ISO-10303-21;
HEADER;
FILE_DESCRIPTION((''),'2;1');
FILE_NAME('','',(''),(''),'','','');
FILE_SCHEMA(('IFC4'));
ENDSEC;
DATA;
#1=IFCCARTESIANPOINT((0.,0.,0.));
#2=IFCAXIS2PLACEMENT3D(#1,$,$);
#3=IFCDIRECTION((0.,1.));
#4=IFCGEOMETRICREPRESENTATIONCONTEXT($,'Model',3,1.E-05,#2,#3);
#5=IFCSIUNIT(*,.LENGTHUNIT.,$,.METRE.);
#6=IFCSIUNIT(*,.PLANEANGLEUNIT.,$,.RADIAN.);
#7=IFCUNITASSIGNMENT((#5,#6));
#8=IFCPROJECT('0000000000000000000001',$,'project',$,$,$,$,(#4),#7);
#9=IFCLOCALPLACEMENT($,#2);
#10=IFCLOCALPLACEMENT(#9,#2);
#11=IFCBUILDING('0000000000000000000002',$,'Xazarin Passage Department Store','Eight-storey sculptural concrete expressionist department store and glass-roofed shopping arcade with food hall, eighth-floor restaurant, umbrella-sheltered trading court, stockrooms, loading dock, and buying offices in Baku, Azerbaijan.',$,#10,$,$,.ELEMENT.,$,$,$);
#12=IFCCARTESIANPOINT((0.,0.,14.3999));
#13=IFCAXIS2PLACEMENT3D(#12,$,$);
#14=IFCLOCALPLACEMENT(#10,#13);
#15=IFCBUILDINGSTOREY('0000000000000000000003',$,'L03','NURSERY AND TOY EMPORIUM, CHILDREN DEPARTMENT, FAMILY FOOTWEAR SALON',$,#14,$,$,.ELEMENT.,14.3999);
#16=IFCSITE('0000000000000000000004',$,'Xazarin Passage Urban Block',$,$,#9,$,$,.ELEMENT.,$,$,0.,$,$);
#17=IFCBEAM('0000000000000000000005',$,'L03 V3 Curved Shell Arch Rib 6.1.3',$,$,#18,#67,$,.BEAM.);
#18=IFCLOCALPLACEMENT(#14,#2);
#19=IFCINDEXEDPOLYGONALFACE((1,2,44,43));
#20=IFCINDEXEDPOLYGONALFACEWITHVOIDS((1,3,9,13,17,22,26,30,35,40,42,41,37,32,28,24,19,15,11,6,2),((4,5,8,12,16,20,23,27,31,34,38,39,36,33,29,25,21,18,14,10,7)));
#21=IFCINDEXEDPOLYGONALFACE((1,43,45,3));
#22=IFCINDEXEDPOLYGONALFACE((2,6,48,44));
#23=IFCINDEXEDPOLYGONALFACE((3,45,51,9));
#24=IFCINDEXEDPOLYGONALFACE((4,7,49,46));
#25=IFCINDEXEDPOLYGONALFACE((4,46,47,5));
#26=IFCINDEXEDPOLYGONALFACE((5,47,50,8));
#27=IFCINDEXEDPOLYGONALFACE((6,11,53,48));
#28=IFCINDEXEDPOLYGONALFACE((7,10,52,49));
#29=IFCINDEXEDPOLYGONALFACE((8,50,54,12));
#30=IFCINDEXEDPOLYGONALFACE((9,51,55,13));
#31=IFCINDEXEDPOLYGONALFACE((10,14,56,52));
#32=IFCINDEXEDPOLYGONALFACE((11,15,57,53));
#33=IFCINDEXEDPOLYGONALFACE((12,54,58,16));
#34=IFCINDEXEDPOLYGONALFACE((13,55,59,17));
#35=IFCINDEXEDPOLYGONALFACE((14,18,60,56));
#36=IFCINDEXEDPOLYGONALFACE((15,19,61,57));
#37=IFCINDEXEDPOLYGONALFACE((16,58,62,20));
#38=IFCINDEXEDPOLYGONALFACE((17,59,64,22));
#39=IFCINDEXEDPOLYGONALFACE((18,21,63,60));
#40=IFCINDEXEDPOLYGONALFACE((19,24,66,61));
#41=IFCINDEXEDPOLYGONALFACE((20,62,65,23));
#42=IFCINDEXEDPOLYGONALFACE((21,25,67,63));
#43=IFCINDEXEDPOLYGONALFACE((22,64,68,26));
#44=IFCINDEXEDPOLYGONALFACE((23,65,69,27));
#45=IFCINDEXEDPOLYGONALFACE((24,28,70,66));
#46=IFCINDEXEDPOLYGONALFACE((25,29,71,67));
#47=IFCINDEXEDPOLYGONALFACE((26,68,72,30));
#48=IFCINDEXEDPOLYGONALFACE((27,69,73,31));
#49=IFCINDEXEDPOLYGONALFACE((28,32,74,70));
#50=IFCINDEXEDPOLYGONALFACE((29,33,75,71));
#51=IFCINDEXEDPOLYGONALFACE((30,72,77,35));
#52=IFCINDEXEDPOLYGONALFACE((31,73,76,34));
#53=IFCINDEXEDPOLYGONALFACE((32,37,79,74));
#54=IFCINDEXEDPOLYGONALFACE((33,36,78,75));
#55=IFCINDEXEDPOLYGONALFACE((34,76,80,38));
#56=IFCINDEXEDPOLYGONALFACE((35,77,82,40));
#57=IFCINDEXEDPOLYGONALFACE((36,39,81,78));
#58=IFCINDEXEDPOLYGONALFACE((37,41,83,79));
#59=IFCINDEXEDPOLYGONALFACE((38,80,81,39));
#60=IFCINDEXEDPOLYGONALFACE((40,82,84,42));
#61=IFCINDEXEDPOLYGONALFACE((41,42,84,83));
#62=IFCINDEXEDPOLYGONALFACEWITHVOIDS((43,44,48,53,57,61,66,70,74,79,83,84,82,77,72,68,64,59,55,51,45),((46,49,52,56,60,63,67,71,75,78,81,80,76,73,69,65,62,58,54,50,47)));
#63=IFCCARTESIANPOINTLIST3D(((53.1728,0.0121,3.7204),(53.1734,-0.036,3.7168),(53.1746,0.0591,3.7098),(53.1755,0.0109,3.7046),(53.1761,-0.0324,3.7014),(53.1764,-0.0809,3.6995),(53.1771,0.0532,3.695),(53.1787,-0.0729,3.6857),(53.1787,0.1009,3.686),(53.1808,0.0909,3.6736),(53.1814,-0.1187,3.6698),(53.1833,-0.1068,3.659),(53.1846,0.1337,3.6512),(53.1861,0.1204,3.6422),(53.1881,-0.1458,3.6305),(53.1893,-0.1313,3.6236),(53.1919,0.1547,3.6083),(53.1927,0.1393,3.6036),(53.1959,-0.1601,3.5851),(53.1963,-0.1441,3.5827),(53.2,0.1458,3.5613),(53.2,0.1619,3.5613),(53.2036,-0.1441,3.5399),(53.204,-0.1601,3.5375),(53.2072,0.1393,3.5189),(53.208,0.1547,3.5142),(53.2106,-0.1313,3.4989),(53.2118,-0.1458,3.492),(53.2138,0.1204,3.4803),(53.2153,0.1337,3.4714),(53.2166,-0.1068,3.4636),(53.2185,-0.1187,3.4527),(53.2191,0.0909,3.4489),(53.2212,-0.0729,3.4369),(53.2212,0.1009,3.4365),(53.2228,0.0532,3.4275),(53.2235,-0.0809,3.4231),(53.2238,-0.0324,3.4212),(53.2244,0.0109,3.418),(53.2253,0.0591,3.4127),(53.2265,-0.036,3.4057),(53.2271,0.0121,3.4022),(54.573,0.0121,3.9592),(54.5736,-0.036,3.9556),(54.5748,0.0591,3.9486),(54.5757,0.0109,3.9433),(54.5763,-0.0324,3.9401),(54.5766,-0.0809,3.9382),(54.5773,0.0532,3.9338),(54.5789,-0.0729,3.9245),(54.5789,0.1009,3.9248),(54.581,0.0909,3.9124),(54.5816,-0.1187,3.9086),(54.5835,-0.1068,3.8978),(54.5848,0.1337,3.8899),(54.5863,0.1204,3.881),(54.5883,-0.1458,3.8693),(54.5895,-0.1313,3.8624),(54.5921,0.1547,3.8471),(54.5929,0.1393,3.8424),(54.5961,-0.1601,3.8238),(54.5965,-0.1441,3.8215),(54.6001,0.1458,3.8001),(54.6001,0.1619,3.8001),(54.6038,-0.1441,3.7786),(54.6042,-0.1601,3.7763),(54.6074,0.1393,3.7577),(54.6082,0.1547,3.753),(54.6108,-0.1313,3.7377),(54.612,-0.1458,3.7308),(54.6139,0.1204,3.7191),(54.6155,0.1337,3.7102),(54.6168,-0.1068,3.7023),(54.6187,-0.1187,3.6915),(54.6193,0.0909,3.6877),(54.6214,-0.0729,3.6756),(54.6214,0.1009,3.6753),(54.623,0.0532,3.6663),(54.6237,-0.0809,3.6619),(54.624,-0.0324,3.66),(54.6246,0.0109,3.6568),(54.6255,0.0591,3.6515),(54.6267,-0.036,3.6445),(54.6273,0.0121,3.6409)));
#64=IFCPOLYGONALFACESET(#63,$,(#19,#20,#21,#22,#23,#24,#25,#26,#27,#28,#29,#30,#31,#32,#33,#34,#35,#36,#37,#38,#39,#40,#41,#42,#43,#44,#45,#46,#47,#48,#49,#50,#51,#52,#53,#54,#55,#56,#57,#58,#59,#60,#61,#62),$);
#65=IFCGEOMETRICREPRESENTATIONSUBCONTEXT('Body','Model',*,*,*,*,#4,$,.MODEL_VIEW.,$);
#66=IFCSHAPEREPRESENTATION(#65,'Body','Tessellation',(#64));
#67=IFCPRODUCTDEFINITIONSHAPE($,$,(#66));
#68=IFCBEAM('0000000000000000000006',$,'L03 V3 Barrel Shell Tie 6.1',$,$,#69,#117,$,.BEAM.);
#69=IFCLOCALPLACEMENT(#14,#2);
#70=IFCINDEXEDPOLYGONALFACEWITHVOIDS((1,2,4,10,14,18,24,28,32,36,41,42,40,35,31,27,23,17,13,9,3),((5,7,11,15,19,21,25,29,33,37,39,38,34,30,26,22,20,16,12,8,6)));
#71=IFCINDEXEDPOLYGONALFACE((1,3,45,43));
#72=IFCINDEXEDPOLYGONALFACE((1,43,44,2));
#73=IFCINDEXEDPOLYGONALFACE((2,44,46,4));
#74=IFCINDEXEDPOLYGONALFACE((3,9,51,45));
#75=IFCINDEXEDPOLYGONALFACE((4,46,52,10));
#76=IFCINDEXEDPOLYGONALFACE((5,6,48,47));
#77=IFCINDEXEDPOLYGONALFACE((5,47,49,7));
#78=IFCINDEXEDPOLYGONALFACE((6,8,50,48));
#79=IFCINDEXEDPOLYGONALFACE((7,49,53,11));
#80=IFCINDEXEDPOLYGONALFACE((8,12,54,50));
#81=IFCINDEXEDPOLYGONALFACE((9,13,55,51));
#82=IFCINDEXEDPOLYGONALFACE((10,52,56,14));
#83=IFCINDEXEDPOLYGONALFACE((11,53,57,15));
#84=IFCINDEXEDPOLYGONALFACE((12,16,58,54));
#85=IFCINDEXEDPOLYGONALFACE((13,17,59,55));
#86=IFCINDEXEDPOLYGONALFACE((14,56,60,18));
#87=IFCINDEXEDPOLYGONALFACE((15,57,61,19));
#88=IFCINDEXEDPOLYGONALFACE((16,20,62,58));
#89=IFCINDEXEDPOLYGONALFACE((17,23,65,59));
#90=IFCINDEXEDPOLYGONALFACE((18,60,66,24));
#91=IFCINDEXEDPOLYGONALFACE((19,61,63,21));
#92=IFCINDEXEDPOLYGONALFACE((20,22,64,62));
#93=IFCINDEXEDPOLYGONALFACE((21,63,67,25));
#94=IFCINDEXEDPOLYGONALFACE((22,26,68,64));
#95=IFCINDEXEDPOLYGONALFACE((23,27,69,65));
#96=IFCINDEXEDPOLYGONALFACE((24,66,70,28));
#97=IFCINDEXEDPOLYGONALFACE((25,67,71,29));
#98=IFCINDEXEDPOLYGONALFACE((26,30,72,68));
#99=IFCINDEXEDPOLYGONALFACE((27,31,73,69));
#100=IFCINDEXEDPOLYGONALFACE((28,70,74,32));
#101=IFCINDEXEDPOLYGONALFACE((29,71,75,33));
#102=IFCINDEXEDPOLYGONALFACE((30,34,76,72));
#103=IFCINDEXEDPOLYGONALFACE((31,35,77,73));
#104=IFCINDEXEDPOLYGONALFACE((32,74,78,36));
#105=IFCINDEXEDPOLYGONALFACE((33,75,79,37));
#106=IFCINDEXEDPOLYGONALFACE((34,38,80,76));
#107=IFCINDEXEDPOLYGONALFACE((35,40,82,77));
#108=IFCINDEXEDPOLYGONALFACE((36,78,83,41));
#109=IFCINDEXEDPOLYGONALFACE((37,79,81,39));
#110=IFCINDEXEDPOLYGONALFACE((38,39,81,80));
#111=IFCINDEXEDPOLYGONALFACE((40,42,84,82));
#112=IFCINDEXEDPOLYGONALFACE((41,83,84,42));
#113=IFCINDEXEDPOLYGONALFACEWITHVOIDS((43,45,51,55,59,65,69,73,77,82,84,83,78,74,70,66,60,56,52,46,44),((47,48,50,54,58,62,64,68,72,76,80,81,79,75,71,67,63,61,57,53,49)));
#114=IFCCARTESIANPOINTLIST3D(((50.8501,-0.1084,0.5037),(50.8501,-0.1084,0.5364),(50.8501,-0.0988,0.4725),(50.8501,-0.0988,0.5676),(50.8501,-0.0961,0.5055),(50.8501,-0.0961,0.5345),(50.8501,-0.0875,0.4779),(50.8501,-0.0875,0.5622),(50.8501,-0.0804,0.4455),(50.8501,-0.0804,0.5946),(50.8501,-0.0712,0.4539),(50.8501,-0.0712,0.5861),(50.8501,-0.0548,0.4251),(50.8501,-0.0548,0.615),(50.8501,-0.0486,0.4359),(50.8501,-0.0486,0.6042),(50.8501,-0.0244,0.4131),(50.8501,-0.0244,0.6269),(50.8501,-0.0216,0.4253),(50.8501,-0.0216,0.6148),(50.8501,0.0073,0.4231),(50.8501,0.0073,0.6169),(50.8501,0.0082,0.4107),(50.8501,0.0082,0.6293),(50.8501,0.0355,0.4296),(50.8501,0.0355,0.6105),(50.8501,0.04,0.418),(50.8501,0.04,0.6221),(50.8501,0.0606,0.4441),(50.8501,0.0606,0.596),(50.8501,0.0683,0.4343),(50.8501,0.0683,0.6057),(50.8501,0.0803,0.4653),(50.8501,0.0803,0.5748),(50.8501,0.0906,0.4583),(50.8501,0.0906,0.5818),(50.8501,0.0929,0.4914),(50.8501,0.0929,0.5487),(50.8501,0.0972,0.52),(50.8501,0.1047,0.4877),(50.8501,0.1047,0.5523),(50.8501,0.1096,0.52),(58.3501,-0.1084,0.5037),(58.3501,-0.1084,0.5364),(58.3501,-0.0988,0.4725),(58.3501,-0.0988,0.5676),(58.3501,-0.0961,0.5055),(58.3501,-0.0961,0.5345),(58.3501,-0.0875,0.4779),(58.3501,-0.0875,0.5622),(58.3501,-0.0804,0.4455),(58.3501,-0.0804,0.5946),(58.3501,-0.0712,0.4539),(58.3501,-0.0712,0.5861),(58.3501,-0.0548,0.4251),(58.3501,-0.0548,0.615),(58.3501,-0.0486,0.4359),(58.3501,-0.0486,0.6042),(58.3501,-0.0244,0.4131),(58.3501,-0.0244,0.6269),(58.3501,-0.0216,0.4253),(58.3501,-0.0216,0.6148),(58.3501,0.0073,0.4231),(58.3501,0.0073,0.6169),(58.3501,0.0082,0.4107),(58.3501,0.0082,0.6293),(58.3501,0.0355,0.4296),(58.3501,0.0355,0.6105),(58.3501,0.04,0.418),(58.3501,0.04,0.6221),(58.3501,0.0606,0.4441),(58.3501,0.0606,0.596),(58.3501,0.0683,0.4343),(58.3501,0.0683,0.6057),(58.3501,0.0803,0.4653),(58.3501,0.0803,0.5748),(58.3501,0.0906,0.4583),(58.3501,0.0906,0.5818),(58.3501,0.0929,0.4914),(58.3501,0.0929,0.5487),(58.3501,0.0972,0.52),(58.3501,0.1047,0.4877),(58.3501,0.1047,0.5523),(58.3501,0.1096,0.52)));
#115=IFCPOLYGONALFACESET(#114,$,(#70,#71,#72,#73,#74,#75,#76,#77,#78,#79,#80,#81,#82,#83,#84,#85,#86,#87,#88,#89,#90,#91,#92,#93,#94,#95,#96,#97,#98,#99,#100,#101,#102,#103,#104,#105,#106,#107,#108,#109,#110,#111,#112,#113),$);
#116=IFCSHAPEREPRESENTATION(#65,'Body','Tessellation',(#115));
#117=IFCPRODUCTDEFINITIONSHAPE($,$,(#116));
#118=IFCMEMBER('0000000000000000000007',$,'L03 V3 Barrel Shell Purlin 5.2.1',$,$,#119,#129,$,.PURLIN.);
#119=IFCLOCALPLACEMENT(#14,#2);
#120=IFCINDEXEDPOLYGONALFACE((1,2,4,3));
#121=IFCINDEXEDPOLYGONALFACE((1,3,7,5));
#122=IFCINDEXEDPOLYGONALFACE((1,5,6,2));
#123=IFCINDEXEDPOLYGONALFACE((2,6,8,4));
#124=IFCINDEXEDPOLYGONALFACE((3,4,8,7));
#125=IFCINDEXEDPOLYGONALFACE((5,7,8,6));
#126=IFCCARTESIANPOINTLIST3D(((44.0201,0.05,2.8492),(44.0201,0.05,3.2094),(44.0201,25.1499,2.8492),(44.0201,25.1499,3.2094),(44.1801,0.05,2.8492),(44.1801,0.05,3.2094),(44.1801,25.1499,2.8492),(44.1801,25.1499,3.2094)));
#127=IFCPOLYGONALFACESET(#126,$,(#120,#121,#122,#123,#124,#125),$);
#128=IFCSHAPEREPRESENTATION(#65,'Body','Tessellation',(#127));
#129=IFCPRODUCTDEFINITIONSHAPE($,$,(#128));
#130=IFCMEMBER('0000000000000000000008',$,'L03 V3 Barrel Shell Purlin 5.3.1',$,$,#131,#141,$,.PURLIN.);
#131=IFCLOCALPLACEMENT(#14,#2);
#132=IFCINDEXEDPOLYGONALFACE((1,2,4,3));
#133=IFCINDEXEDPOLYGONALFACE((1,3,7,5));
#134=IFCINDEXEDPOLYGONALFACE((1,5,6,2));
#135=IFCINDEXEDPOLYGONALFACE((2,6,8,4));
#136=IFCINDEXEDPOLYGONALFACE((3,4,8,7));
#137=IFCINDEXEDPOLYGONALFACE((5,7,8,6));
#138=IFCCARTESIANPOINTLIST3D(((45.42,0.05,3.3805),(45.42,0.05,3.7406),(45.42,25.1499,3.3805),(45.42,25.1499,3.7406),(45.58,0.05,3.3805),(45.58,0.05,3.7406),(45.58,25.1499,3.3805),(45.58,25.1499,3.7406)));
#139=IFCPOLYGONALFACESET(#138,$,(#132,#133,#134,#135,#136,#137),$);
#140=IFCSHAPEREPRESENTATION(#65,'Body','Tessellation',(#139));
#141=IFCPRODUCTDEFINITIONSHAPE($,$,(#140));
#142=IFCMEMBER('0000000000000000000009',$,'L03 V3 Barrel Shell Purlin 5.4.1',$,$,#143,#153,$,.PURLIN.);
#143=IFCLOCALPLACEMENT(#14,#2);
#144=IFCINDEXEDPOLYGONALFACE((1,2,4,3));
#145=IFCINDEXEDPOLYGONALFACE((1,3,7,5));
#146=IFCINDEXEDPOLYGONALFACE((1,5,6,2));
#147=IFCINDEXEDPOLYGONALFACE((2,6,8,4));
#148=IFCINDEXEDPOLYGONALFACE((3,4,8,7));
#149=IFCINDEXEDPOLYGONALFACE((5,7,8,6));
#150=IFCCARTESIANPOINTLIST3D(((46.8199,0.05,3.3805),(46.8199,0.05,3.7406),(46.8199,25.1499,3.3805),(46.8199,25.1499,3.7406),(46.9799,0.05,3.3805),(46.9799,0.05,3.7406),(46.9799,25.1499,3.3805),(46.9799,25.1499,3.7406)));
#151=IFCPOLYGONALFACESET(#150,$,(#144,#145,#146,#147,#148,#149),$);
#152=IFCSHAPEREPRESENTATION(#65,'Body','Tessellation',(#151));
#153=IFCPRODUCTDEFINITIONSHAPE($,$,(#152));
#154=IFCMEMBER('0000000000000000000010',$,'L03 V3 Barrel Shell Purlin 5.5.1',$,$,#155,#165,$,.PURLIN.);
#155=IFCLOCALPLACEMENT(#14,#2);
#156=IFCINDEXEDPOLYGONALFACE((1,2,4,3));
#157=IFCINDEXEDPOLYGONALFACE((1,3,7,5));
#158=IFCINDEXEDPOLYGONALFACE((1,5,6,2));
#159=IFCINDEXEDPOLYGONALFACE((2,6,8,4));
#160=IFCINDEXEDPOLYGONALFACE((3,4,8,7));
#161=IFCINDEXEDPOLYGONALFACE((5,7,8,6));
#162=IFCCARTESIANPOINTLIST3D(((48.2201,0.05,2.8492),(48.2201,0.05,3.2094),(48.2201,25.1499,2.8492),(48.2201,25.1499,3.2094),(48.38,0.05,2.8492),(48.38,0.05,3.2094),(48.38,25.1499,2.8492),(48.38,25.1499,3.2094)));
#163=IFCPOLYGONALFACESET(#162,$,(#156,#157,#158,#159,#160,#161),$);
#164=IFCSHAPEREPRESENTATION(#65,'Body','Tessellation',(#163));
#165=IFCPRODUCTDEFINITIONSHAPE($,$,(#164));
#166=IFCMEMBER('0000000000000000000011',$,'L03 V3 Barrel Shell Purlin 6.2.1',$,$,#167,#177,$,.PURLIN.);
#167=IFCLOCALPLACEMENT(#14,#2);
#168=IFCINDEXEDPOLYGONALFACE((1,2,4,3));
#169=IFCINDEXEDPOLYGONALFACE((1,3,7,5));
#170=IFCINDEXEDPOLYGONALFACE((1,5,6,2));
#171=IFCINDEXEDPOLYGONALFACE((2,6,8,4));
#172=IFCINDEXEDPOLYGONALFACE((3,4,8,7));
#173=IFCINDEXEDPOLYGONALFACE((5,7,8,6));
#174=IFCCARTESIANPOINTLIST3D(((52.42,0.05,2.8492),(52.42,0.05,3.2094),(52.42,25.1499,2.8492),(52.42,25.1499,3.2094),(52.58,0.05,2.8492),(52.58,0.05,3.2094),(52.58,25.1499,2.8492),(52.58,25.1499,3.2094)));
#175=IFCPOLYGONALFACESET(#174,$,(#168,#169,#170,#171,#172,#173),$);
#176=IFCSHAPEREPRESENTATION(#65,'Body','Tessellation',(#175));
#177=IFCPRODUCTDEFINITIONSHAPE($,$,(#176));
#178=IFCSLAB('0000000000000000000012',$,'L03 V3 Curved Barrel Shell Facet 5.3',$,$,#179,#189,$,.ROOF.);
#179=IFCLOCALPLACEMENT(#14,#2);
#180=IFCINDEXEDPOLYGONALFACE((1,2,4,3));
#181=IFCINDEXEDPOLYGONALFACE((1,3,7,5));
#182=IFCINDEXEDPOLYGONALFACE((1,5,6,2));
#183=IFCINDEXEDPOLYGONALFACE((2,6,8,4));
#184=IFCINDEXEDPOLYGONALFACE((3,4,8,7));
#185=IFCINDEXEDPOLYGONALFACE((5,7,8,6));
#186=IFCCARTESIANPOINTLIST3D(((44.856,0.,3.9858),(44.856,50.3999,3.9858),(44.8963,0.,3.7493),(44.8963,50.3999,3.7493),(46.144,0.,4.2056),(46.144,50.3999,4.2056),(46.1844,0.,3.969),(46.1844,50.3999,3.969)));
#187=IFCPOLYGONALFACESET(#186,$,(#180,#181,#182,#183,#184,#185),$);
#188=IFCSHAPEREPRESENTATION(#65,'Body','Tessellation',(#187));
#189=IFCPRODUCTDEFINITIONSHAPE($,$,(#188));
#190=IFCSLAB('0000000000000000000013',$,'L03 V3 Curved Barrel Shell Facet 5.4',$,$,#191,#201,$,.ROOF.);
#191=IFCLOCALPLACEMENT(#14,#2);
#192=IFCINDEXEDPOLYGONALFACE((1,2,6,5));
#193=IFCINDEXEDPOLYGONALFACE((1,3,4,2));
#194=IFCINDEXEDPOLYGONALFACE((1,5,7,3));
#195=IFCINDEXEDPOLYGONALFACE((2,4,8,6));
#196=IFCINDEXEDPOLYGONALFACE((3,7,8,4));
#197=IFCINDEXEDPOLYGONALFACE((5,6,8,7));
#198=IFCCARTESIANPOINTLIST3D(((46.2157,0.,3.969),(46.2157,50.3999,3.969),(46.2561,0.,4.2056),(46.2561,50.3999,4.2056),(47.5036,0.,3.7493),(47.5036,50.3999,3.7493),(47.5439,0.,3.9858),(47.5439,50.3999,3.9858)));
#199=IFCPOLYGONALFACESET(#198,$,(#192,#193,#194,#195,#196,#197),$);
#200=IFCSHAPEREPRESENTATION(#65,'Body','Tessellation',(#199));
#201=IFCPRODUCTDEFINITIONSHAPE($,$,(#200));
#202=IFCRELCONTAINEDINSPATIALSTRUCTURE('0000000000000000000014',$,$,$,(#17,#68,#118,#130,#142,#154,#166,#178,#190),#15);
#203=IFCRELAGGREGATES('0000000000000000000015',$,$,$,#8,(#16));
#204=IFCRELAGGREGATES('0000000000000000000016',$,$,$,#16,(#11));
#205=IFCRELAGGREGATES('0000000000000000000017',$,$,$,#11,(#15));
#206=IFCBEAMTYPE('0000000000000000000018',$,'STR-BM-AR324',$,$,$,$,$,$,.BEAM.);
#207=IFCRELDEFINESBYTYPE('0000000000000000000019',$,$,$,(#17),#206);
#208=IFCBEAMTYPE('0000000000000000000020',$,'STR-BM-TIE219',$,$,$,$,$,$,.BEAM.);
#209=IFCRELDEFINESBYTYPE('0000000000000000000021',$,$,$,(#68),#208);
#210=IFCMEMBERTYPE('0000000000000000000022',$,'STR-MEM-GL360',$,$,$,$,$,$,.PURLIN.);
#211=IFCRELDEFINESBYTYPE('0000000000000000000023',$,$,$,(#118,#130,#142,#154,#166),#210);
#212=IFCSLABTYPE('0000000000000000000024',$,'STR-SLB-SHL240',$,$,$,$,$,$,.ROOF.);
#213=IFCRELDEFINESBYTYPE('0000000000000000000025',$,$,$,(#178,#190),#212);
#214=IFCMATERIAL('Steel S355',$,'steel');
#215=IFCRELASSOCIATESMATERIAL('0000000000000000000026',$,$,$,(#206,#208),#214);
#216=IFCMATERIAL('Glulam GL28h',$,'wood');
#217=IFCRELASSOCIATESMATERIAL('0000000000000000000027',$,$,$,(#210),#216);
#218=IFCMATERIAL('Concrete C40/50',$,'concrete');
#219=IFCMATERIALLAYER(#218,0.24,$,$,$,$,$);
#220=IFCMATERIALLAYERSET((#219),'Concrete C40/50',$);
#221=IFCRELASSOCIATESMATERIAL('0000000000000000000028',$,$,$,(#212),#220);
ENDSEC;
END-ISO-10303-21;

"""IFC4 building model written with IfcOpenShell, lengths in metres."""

from ifc_helpers import new_model, si_unit, direction, frame, origin, origin_2d, place, context, subcontext, project, spatial, polyline, rectangle, hollow_circle, outline, extrude, material, layer, layer_set, material_profile, profile_set, type_object, element, save


model = new_model("IFC4")

# Units and contexts
model_context = context("Model", 3, precision=1e-05, world=origin(), true_north=direction((0.0, 1.0)))
body_context = subcontext(model_context, "Body", "Model", "MODEL_VIEW")
ifc_project = project(units=[si_unit("LENGTHUNIT", "METRE"), si_unit("PLANEANGLEUNIT", "RADIAN")], contexts=[model_context])

# Site, building, storey
site_placement = place(None, origin())
site = spatial("IfcSite", under=ifc_project, at=site_placement, Name="Xazarin Passage Urban Block", CompositionType="ELEMENT", RefElevation=0.0)
building_placement = place(site_placement, origin())
building = spatial("IfcBuilding", under=site, at=building_placement, Name="Xazarin Passage Department Store", Description="Eight-storey sculptural concrete expressionist department store and glass-roofed shopping arcade with food hall, eighth-floor restaurant, umbrella-sheltered trading court, stockrooms, loading dock, and buying offices in Baku, Azerbaijan.", CompositionType="ELEMENT")
storey_placement = place(building_placement, frame((0.0, 0.0, 14.3999)))
storey = spatial("IfcBuildingStorey", under=building, at=storey_placement, Name="L03", Description="NURSERY AND TOY EMPORIUM, CHILDREN DEPARTMENT, FAMILY FOOTWEAR SALON", CompositionType="ELEMENT", Elevation=14.3999)

# Beams
ifc_material_1 = material(Name="Steel S355", Category="steel")
ifc_material_profile_1 = material_profile(ifc_material_1, hollow_circle(Radius=0.1619, WallThickness=0.0161, at=origin_2d()), Name="CHS 323.9x16")
ifc_profile_set_1 = profile_set([ifc_material_profile_1], Name="Steel S355")
beam_type_1 = type_object("IfcBeamType", Name="STR-BM-AR324", PredefinedType="BEAM", material=ifc_profile_set_1)
beam_1_placement = place(storey_placement, frame((53.2, 0.0, 3.5613), z_axis=(0.985769, 0.0, 0.168105), x_axis=(0.0, 1.0, 0.0)))
element("IfcBeam", 1, at=beam_1_placement, inside=storey, type_object=beam_type_1, Name="L03 V3 Curved Shell Arch Rib 6.1.3", PredefinedType="BEAM", context=body_context, shape_type="SweptSolid", body=[
    extrude(hollow_circle(Radius=0.1619, WallThickness=0.0161, at=origin_2d()), origin(), (0.0, 0.0, 1.0), 1.4204),
])
ifc_material_profile_2 = material_profile(ifc_material_1, hollow_circle(Radius=0.1096, WallThickness=0.0125, at=origin_2d()), Name="CHS 219.1x12.5")
ifc_profile_set_2 = profile_set([ifc_material_profile_2], Name="Steel S355")
beam_type_2 = type_object("IfcBeamType", Name="STR-BM-TIE219", PredefinedType="BEAM", material=ifc_profile_set_2)
beam_2_placement = place(storey_placement, frame((50.8501, 0.0, 0.52), z_axis=(1.0, 0.0, 0.0), x_axis=(0.0, 1.0, 0.0)))
element("IfcBeam", 2, at=beam_2_placement, inside=storey, type_object=beam_type_2, Name="L03 V3 Barrel Shell Tie 6.1", PredefinedType="BEAM", context=body_context, shape_type="SweptSolid", body=[
    extrude(hollow_circle(Radius=0.1096, WallThickness=0.0125, at=origin_2d()), origin(), (0.0, 0.0, 1.0), 7.5),
])

# Members
ifc_material_2 = material(Name="Glulam GL28h", Category="wood")
ifc_material_profile_3 = material_profile(ifc_material_2, rectangle(XDim=0.1599, YDim=0.3601, at=origin_2d()), Name="GL28h 160x360")
ifc_profile_set_3 = profile_set([ifc_material_profile_3], Name="Glulam GL28h")
member_type = type_object("IfcMemberType", Name="STR-MEM-GL360", PredefinedType="PURLIN", material=ifc_profile_set_3)
for number, where, z_axis, x_axis, name in (
    (3, (44.1001, 0.05, 3.0293), (0.0, 1.0, 0.0), (-1.0, 0.0, 0.0), "L03 V3 Barrel Shell Purlin 5.2.1"),
    (4, (45.5, 0.05, 3.5605), (0.0, 1.0, 0.0), (-1.0, 0.0, 0.0), "L03 V3 Barrel Shell Purlin 5.3.1"),
    (5, (46.8999, 0.05, 3.5605), (0.0, 1.0, 0.0), (-1.0, 0.0, 0.0), "L03 V3 Barrel Shell Purlin 5.4.1"),
    (6, (48.3, 0.05, 3.0293), (0.0, 1.0, 0.0), (-1.0, 0.0, 0.0), "L03 V3 Barrel Shell Purlin 5.5.1"),
    (7, (52.5, 0.05, 3.0293), (0.0, 1.0, 0.0), (-1.0, 0.0, 0.0), "L03 V3 Barrel Shell Purlin 6.2.1"),
):
    element("IfcMember", number, at=place(storey_placement, frame(where, z_axis=z_axis, x_axis=x_axis)), inside=storey, type_object=member_type, Name=name, PredefinedType="PURLIN", context=body_context, shape_type="SweptSolid", body=[
        extrude(rectangle(XDim=0.1599, YDim=0.3601, at=origin_2d()), origin(), (0.0, 0.0, 1.0), 25.0999),
    ])

# Slabs
ifc_material_3 = material(Name="Concrete C40/50", Category="concrete")
ifc_layer = layer(ifc_material_3, 0.24)
ifc_layer_set = layer_set([ifc_layer], Name="Concrete C40/50")
slab_type = type_object("IfcSlabType", Name="STR-SLB-SHL240", PredefinedType="ROOF", material=ifc_layer_set)
slab_1_placement = place(storey_placement, frame((44.856, 0.0, 3.9858), z_axis=(-0.168155, 0.0, 0.985761), x_axis=(0.985761, 0.0, 0.168155)))
element("IfcSlab", 8, at=slab_1_placement, inside=storey, type_object=slab_type, Name="L03 V3 Curved Barrel Shell Facet 5.3", PredefinedType="ROOF", context=body_context, shape_type="SweptSolid", body=[
    extrude(outline(polyline([(0.0, 0.0), (1.3067, 0.0), (1.3067, 50.3999), (0.0, 50.3999), (0.0, 0.0)])), origin(), (0.0, 0.0, -1.0), 0.24),
])
slab_2_placement = place(storey_placement, frame((46.2561, 0.0, 4.2056), z_axis=(0.168186, 0.0, 0.985755), x_axis=(0.985755, 0.0, -0.168186)))
element("IfcSlab", 9, at=slab_2_placement, inside=storey, type_object=slab_type, Name="L03 V3 Curved Barrel Shell Facet 5.4", PredefinedType="ROOF", context=body_context, shape_type="SweptSolid", body=[
    extrude(outline(polyline([(0.0, 0.0), (1.3065, 0.0), (1.3065, 50.3999), (0.0, 50.3999), (0.0, 0.0)])), origin(), (0.0, 0.0, -1.0), 0.24),
])

save(model, "model.ifc")
